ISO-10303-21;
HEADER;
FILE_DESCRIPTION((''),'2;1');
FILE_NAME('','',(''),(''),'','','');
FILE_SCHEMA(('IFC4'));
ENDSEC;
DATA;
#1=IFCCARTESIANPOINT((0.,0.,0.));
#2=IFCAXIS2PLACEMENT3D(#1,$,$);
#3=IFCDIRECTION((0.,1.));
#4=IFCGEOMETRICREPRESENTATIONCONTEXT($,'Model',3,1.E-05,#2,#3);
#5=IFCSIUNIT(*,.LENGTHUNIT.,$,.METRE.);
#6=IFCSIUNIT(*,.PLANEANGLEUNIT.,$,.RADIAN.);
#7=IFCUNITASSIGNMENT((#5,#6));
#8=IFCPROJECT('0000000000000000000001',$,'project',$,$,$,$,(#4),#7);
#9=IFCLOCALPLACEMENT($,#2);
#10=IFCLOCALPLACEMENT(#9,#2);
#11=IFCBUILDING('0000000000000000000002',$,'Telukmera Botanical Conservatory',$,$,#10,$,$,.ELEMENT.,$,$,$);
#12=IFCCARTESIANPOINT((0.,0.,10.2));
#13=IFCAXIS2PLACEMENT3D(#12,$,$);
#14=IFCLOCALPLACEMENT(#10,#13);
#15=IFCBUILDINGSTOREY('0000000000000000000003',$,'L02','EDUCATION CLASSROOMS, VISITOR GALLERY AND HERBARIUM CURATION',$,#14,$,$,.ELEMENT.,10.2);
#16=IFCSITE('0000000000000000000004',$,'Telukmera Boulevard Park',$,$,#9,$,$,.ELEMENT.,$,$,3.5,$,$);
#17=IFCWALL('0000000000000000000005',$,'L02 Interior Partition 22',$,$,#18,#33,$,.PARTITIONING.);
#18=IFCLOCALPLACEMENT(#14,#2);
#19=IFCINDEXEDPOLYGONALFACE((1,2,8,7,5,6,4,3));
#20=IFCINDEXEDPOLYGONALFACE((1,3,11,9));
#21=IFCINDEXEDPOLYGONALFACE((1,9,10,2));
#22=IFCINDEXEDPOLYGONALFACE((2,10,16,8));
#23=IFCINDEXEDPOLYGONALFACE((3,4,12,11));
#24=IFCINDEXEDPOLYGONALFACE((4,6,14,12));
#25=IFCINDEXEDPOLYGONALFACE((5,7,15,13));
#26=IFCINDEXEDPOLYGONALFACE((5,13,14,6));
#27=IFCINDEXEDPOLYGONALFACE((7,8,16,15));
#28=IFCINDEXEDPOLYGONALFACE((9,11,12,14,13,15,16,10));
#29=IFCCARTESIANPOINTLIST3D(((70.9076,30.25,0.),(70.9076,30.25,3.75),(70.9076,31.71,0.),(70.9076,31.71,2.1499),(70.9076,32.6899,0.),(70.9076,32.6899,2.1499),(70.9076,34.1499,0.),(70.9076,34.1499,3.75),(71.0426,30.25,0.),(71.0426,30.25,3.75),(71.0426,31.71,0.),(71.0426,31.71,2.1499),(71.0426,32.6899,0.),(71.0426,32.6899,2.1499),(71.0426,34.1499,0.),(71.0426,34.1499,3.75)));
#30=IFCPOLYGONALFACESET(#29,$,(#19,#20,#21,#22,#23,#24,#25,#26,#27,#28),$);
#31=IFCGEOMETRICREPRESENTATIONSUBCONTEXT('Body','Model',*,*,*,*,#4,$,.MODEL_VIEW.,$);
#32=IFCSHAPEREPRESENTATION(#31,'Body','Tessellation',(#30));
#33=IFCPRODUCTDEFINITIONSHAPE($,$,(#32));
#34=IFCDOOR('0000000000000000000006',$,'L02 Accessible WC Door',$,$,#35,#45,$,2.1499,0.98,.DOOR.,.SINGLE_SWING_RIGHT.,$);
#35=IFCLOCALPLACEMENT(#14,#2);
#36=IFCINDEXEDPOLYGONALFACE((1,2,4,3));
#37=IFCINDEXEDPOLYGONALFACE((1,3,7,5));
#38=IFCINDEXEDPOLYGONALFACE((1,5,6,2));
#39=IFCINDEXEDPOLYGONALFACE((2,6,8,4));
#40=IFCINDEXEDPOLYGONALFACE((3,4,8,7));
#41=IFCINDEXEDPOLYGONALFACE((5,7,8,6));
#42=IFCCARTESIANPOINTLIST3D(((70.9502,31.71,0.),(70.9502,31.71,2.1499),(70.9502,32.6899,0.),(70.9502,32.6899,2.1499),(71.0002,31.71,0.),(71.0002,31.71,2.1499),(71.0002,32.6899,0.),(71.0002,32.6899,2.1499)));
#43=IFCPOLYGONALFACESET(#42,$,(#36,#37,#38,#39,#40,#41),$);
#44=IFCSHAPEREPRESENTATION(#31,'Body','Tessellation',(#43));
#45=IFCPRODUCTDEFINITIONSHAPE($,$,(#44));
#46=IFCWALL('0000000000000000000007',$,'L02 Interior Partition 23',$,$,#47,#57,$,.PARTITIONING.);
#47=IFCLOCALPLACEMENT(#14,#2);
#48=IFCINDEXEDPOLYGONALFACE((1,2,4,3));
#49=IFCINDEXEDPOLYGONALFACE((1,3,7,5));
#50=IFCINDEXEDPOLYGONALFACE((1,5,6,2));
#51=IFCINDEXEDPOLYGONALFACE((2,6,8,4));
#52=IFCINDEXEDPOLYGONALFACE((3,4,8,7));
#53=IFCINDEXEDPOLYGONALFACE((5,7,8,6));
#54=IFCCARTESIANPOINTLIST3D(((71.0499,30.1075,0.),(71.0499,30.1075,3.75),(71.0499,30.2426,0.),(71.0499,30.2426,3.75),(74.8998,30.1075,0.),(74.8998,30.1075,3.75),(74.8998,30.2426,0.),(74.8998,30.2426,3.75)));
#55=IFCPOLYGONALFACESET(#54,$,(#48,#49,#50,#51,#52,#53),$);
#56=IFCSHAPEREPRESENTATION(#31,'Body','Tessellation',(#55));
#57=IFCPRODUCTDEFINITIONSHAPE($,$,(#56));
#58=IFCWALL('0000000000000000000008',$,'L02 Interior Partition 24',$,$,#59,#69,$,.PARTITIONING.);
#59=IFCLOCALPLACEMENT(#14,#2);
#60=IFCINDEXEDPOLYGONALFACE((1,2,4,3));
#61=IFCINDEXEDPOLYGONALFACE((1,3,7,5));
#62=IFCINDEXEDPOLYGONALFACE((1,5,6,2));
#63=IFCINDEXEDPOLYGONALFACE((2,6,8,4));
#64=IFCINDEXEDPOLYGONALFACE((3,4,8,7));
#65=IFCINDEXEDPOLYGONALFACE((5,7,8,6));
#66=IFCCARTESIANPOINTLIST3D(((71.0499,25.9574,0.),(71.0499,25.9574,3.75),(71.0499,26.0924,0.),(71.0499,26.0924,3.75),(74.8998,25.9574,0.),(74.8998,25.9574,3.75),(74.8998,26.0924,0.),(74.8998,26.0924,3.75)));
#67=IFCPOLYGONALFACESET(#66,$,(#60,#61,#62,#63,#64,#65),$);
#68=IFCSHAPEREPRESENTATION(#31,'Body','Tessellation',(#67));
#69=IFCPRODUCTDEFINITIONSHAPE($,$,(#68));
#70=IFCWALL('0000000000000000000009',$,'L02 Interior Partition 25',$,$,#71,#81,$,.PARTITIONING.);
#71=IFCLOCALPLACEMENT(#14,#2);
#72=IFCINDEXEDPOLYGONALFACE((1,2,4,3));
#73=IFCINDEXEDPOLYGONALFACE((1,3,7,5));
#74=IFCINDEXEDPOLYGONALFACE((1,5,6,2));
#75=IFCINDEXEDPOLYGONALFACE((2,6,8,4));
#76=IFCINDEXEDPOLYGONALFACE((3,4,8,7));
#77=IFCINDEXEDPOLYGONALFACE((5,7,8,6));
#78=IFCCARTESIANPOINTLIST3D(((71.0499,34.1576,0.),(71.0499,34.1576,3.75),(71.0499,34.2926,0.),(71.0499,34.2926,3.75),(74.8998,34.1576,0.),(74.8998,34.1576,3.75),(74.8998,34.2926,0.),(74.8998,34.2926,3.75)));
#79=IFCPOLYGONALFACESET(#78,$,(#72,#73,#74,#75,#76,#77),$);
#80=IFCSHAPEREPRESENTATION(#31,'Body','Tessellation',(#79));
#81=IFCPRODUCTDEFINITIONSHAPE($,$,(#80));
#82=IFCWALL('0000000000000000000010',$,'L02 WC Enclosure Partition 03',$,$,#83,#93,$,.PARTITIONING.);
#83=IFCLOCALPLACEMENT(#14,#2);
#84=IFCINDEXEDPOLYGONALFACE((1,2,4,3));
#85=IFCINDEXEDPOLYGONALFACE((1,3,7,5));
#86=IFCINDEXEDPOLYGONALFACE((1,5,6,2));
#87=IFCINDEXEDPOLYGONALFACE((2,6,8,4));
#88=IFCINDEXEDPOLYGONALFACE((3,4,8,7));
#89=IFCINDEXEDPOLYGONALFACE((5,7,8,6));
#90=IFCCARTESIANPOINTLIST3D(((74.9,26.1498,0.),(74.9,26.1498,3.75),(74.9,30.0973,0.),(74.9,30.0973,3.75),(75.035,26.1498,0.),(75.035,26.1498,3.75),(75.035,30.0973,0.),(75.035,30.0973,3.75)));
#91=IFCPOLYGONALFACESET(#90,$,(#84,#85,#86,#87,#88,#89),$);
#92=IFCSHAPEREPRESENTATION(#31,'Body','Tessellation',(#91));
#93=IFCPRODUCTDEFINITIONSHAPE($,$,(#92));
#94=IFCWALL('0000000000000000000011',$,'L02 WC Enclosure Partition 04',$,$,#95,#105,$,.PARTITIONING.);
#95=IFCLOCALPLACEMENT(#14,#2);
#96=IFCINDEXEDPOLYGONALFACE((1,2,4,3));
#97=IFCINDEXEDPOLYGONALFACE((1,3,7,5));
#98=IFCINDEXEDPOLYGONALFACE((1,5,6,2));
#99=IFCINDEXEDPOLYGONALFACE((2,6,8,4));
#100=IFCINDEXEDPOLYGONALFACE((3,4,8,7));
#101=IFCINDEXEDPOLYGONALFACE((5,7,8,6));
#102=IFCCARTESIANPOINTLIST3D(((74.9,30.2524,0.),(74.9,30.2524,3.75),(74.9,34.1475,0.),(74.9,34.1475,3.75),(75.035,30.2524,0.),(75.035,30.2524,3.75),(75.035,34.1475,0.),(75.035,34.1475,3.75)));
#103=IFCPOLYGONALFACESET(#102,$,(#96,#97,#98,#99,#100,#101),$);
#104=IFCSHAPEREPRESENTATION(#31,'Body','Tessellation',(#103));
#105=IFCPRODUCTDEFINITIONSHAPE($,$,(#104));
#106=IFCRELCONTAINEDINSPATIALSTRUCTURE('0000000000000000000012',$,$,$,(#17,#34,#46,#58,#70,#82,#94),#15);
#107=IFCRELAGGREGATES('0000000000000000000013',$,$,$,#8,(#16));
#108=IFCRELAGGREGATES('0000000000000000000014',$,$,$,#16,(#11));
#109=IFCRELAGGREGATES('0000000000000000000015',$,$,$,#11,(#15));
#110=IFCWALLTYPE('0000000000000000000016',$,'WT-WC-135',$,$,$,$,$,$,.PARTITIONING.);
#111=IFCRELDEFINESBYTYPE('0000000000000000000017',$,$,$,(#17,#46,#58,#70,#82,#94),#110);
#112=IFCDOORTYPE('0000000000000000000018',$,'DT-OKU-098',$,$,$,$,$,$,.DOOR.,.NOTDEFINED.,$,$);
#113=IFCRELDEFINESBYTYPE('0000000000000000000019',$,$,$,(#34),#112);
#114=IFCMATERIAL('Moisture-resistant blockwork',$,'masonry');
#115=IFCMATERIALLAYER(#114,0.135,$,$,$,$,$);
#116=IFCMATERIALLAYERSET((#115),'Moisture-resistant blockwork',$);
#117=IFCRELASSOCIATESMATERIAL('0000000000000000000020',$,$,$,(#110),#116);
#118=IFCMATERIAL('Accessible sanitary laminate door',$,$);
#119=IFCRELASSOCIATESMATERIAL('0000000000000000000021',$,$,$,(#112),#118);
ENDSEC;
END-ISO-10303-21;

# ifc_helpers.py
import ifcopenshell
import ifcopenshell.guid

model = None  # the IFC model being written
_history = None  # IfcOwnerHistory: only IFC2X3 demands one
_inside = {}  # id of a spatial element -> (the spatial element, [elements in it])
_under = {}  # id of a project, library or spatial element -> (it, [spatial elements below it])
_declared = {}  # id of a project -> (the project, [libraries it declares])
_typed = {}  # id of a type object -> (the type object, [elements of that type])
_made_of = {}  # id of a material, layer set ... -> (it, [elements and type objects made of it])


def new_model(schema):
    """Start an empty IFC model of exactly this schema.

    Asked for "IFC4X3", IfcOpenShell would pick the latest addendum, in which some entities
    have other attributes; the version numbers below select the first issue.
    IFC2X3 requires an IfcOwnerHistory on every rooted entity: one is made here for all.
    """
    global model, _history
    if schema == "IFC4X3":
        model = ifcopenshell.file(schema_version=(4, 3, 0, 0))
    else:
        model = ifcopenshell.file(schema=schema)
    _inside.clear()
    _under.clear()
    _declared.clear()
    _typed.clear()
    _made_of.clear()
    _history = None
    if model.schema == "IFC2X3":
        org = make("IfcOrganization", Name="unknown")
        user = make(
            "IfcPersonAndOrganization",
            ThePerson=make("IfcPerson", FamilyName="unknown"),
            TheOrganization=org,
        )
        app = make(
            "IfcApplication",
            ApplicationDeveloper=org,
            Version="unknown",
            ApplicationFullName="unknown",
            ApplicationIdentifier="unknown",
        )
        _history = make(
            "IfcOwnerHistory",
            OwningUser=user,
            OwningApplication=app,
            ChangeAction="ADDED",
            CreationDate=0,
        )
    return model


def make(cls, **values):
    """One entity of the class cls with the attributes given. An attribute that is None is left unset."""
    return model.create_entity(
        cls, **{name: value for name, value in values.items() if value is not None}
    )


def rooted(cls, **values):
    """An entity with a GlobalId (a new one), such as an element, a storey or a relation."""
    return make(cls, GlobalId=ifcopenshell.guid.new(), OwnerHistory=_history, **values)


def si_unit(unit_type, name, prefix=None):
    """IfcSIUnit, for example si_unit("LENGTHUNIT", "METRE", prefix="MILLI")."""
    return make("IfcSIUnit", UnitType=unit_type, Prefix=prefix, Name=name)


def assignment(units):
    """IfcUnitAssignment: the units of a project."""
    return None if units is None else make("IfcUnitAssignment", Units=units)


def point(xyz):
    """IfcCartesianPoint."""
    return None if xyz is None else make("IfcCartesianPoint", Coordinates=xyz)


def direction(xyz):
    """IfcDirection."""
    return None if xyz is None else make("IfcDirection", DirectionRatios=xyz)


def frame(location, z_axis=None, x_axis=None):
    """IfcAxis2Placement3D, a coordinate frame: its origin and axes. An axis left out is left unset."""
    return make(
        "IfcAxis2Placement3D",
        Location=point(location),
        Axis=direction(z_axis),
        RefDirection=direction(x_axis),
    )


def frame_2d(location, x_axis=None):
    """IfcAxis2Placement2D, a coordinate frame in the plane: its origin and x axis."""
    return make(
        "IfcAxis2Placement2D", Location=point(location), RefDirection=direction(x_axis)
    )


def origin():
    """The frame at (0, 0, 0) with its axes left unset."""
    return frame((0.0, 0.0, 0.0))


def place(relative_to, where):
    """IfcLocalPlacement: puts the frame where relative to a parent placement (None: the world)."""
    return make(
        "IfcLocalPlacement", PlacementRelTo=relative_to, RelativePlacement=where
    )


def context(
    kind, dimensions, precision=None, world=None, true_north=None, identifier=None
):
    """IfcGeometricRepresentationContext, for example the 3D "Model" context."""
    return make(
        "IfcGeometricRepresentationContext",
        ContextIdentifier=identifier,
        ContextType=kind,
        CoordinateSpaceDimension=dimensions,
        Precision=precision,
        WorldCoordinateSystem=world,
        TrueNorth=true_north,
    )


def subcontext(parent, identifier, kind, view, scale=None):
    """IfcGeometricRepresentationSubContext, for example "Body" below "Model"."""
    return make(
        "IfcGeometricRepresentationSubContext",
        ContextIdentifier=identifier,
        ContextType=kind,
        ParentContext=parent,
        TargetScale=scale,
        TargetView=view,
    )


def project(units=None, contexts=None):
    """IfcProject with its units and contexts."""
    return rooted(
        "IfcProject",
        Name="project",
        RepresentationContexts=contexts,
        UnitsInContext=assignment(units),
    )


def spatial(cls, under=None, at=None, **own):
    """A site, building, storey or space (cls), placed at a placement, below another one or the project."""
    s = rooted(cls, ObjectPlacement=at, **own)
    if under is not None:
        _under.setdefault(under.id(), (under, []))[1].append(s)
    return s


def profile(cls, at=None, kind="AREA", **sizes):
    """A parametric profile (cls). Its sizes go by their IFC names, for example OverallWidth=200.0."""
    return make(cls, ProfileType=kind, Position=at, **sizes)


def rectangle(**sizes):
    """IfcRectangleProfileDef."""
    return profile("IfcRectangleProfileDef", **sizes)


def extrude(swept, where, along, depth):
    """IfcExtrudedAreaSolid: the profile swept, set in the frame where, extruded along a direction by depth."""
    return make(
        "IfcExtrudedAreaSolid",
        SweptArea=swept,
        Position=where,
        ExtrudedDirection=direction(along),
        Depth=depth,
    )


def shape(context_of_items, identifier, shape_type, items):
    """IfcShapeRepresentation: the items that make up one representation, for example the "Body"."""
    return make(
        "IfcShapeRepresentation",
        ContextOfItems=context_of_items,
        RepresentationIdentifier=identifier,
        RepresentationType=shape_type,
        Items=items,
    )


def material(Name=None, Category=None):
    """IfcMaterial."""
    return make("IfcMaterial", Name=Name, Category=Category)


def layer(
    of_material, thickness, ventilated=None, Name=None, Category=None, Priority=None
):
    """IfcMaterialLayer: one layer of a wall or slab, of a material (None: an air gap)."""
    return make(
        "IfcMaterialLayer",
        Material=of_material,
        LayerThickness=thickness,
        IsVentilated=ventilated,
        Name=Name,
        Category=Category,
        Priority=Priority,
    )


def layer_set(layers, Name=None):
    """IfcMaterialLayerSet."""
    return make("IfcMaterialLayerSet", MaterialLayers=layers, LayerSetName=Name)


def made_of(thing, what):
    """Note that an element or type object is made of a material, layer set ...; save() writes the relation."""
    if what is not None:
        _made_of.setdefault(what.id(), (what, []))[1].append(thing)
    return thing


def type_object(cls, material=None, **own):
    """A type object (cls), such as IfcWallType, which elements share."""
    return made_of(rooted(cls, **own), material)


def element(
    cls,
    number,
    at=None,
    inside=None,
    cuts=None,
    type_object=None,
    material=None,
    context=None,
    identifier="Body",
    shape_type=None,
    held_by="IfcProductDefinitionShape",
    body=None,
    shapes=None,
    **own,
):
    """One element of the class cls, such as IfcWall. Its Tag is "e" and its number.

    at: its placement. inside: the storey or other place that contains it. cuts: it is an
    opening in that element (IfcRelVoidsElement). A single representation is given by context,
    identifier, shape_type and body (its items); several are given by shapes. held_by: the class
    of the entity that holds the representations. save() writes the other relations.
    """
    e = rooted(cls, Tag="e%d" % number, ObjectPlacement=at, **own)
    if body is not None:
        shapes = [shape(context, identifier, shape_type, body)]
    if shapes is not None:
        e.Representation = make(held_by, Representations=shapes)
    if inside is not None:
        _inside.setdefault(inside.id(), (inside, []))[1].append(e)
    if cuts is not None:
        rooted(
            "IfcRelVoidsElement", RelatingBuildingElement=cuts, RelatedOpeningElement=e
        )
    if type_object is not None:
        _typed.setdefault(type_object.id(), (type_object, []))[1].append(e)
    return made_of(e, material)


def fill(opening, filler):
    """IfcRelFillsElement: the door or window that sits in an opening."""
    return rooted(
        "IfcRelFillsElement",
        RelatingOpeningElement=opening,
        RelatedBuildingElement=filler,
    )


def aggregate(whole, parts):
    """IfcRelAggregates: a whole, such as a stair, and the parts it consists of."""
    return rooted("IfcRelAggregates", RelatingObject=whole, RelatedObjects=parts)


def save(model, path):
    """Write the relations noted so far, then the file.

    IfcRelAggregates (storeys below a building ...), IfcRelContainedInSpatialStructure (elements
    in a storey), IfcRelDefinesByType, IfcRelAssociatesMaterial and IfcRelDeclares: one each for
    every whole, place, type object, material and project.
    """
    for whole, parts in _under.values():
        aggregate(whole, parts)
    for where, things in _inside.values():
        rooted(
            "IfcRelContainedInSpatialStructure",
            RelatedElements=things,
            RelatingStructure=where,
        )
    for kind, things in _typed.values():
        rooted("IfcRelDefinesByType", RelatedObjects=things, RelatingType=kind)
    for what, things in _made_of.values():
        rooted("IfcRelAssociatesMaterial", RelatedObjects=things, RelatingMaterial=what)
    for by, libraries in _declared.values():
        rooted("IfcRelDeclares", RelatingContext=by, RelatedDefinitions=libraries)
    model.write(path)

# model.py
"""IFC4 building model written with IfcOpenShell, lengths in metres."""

from ifc_helpers import new_model, si_unit, direction, frame, frame_2d, origin, place, context, subcontext, project, spatial, rectangle, extrude, material, layer, layer_set, type_object, element, fill, save


model = new_model("IFC4")

# Units and contexts
model_context = context("Model", 3, precision=1e-05, world=origin(), true_north=direction((0.0, 1.0)))
body_context = subcontext(model_context, "Body", "Model", "MODEL_VIEW")
ifc_project = project(units=[si_unit("LENGTHUNIT", "METRE"), si_unit("PLANEANGLEUNIT", "RADIAN")], contexts=[model_context])

# Site, building, storey
site_placement = place(None, origin())
site = spatial("IfcSite", under=ifc_project, at=site_placement, Name="Telukmera Boulevard Park", CompositionType="ELEMENT", RefElevation=3.5)
building_placement = place(site_placement, origin())
building = spatial("IfcBuilding", under=site, at=building_placement, Name="Telukmera Botanical Conservatory", CompositionType="ELEMENT")
storey_placement = place(building_placement, frame((0.0, 0.0, 10.2)))
storey = spatial("IfcBuildingStorey", under=building, at=storey_placement, Name="L02", Description="EDUCATION CLASSROOMS, VISITOR GALLERY AND HERBARIUM CURATION", CompositionType="ELEMENT", Elevation=10.2)

# Wall, opening, door
ifc_material_1 = material(Name="Moisture-resistant blockwork", Category="masonry")
ifc_layer_1 = layer(ifc_material_1, 0.135)
ifc_layer_set_1 = layer_set([ifc_layer_1], Name="Moisture-resistant blockwork")
wall_type_1 = type_object("IfcWallType", Name="WT-WC-135", PredefinedType="PARTITIONING", material=ifc_layer_set_1)
wall_1_placement = place(storey_placement, frame((70.9751, 30.25, 0.0), z_axis=(0.0, 0.0, 1.0), x_axis=(0.0, 1.0, 0.0)))
wall_1 = element("IfcWall", 1, at=wall_1_placement, inside=storey, type_object=wall_type_1, Name="L02 Interior Partition 22", PredefinedType="PARTITIONING", context=body_context, shape_type="SweptSolid", body=[
    extrude(rectangle(XDim=3.8999, YDim=0.135, at=frame_2d((1.95, 0.0))), origin(), (0.0, 0.0, 1.0), 3.75),
])
opening_1_placement = place(wall_1_placement, frame((1.46, 0.0, 0.0)))
opening_1 = element("IfcOpeningElement", 2, at=opening_1_placement, cuts=wall_1, PredefinedType="OPENING", context=body_context, shape_type="SweptSolid", body=[
    extrude(rectangle(XDim=0.98, YDim=2.1499, at=frame_2d((0.49, 1.075))), frame((0.0, 0.0774, 0.0), z_axis=(0.0, -1.0, 0.0), x_axis=(1.0, 0.0, 0.0)), (0.0, 0.0, 1.0), 0.155),
])
ifc_material_2 = material(Name="Accessible sanitary laminate door")
door_type_1 = type_object("IfcDoorType", Name="DT-OKU-098", OperationType="NOTDEFINED", PredefinedType="DOOR", material=ifc_material_2)
door_1_placement = place(opening_1_placement, origin())
door_1 = element("IfcDoor", 3, at=door_1_placement, inside=storey, type_object=door_type_1, Name="L02 Accessible WC Door", OperationType="SINGLE_SWING_RIGHT", OverallHeight=2.1499, OverallWidth=0.98, PredefinedType="DOOR", context=body_context, shape_type="SweptSolid", body=[
    extrude(rectangle(XDim=0.98, YDim=2.1499, at=frame_2d((0.49, 1.075))), frame((0.0, 0.0249, 0.0), z_axis=(0.0, -1.0, 0.0), x_axis=(1.0, 0.0, 0.0)), (0.0, 0.0, 1.0), 0.05),
])
fill(opening_1, door_1)

# Walls
for number, where, z_axis, x_axis, name in (
    (4, (71.05, 30.175, 0.0), (0.0, 0.0, 1.0), (1.0, 0.0, 0.0), "L02 Interior Partition 23"),
    (5, (71.05, 26.0249, 0.0), (0.0, 0.0, 1.0), (1.0, 0.0, 0.0), "L02 Interior Partition 24"),
    (6, (71.05, 34.2251, 0.0), (0.0, 0.0, 1.0), (1.0, 0.0, 0.0), "L02 Interior Partition 25"),
):
    element("IfcWall", number, at=place(storey_placement, frame(where, z_axis=z_axis, x_axis=x_axis)), inside=storey, type_object=wall_type_1, Name=name, PredefinedType="PARTITIONING", context=body_context, shape_type="SweptSolid", body=[
        extrude(rectangle(XDim=3.8499, YDim=0.135, at=frame_2d((1.9248, 0.0))), origin(), (0.0, 0.0, 1.0), 3.75),
    ])
wall_2_placement = place(storey_placement, frame((74.9675, 26.1499, 0.0), z_axis=(0.0, 0.0, 1.0), x_axis=(0.0, 1.0, 0.0)))
element("IfcWall", 7, at=wall_2_placement, inside=storey, type_object=wall_type_1, Name="L02 WC Enclosure Partition 03", PredefinedType="PARTITIONING", context=body_context, shape_type="SweptSolid", body=[
    extrude(rectangle(XDim=3.9475, YDim=0.135, at=frame_2d((1.9736, 0.0))), origin(), (0.0, 0.0, 1.0), 3.75),
])
wall_3_placement = place(storey_placement, frame((74.9675, 30.2524, 0.0), z_axis=(0.0, 0.0, 1.0), x_axis=(0.0, 1.0, 0.0)))
element("IfcWall", 8, at=wall_3_placement, inside=storey, type_object=wall_type_1, Name="L02 WC Enclosure Partition 04", PredefinedType="PARTITIONING", context=body_context, shape_type="SweptSolid", body=[
    extrude(rectangle(XDim=3.895, YDim=0.135, at=frame_2d((1.9475, 0.0))), origin(), (0.0, 0.0, 1.0), 3.75),
])

save(model, "model.ifc")
